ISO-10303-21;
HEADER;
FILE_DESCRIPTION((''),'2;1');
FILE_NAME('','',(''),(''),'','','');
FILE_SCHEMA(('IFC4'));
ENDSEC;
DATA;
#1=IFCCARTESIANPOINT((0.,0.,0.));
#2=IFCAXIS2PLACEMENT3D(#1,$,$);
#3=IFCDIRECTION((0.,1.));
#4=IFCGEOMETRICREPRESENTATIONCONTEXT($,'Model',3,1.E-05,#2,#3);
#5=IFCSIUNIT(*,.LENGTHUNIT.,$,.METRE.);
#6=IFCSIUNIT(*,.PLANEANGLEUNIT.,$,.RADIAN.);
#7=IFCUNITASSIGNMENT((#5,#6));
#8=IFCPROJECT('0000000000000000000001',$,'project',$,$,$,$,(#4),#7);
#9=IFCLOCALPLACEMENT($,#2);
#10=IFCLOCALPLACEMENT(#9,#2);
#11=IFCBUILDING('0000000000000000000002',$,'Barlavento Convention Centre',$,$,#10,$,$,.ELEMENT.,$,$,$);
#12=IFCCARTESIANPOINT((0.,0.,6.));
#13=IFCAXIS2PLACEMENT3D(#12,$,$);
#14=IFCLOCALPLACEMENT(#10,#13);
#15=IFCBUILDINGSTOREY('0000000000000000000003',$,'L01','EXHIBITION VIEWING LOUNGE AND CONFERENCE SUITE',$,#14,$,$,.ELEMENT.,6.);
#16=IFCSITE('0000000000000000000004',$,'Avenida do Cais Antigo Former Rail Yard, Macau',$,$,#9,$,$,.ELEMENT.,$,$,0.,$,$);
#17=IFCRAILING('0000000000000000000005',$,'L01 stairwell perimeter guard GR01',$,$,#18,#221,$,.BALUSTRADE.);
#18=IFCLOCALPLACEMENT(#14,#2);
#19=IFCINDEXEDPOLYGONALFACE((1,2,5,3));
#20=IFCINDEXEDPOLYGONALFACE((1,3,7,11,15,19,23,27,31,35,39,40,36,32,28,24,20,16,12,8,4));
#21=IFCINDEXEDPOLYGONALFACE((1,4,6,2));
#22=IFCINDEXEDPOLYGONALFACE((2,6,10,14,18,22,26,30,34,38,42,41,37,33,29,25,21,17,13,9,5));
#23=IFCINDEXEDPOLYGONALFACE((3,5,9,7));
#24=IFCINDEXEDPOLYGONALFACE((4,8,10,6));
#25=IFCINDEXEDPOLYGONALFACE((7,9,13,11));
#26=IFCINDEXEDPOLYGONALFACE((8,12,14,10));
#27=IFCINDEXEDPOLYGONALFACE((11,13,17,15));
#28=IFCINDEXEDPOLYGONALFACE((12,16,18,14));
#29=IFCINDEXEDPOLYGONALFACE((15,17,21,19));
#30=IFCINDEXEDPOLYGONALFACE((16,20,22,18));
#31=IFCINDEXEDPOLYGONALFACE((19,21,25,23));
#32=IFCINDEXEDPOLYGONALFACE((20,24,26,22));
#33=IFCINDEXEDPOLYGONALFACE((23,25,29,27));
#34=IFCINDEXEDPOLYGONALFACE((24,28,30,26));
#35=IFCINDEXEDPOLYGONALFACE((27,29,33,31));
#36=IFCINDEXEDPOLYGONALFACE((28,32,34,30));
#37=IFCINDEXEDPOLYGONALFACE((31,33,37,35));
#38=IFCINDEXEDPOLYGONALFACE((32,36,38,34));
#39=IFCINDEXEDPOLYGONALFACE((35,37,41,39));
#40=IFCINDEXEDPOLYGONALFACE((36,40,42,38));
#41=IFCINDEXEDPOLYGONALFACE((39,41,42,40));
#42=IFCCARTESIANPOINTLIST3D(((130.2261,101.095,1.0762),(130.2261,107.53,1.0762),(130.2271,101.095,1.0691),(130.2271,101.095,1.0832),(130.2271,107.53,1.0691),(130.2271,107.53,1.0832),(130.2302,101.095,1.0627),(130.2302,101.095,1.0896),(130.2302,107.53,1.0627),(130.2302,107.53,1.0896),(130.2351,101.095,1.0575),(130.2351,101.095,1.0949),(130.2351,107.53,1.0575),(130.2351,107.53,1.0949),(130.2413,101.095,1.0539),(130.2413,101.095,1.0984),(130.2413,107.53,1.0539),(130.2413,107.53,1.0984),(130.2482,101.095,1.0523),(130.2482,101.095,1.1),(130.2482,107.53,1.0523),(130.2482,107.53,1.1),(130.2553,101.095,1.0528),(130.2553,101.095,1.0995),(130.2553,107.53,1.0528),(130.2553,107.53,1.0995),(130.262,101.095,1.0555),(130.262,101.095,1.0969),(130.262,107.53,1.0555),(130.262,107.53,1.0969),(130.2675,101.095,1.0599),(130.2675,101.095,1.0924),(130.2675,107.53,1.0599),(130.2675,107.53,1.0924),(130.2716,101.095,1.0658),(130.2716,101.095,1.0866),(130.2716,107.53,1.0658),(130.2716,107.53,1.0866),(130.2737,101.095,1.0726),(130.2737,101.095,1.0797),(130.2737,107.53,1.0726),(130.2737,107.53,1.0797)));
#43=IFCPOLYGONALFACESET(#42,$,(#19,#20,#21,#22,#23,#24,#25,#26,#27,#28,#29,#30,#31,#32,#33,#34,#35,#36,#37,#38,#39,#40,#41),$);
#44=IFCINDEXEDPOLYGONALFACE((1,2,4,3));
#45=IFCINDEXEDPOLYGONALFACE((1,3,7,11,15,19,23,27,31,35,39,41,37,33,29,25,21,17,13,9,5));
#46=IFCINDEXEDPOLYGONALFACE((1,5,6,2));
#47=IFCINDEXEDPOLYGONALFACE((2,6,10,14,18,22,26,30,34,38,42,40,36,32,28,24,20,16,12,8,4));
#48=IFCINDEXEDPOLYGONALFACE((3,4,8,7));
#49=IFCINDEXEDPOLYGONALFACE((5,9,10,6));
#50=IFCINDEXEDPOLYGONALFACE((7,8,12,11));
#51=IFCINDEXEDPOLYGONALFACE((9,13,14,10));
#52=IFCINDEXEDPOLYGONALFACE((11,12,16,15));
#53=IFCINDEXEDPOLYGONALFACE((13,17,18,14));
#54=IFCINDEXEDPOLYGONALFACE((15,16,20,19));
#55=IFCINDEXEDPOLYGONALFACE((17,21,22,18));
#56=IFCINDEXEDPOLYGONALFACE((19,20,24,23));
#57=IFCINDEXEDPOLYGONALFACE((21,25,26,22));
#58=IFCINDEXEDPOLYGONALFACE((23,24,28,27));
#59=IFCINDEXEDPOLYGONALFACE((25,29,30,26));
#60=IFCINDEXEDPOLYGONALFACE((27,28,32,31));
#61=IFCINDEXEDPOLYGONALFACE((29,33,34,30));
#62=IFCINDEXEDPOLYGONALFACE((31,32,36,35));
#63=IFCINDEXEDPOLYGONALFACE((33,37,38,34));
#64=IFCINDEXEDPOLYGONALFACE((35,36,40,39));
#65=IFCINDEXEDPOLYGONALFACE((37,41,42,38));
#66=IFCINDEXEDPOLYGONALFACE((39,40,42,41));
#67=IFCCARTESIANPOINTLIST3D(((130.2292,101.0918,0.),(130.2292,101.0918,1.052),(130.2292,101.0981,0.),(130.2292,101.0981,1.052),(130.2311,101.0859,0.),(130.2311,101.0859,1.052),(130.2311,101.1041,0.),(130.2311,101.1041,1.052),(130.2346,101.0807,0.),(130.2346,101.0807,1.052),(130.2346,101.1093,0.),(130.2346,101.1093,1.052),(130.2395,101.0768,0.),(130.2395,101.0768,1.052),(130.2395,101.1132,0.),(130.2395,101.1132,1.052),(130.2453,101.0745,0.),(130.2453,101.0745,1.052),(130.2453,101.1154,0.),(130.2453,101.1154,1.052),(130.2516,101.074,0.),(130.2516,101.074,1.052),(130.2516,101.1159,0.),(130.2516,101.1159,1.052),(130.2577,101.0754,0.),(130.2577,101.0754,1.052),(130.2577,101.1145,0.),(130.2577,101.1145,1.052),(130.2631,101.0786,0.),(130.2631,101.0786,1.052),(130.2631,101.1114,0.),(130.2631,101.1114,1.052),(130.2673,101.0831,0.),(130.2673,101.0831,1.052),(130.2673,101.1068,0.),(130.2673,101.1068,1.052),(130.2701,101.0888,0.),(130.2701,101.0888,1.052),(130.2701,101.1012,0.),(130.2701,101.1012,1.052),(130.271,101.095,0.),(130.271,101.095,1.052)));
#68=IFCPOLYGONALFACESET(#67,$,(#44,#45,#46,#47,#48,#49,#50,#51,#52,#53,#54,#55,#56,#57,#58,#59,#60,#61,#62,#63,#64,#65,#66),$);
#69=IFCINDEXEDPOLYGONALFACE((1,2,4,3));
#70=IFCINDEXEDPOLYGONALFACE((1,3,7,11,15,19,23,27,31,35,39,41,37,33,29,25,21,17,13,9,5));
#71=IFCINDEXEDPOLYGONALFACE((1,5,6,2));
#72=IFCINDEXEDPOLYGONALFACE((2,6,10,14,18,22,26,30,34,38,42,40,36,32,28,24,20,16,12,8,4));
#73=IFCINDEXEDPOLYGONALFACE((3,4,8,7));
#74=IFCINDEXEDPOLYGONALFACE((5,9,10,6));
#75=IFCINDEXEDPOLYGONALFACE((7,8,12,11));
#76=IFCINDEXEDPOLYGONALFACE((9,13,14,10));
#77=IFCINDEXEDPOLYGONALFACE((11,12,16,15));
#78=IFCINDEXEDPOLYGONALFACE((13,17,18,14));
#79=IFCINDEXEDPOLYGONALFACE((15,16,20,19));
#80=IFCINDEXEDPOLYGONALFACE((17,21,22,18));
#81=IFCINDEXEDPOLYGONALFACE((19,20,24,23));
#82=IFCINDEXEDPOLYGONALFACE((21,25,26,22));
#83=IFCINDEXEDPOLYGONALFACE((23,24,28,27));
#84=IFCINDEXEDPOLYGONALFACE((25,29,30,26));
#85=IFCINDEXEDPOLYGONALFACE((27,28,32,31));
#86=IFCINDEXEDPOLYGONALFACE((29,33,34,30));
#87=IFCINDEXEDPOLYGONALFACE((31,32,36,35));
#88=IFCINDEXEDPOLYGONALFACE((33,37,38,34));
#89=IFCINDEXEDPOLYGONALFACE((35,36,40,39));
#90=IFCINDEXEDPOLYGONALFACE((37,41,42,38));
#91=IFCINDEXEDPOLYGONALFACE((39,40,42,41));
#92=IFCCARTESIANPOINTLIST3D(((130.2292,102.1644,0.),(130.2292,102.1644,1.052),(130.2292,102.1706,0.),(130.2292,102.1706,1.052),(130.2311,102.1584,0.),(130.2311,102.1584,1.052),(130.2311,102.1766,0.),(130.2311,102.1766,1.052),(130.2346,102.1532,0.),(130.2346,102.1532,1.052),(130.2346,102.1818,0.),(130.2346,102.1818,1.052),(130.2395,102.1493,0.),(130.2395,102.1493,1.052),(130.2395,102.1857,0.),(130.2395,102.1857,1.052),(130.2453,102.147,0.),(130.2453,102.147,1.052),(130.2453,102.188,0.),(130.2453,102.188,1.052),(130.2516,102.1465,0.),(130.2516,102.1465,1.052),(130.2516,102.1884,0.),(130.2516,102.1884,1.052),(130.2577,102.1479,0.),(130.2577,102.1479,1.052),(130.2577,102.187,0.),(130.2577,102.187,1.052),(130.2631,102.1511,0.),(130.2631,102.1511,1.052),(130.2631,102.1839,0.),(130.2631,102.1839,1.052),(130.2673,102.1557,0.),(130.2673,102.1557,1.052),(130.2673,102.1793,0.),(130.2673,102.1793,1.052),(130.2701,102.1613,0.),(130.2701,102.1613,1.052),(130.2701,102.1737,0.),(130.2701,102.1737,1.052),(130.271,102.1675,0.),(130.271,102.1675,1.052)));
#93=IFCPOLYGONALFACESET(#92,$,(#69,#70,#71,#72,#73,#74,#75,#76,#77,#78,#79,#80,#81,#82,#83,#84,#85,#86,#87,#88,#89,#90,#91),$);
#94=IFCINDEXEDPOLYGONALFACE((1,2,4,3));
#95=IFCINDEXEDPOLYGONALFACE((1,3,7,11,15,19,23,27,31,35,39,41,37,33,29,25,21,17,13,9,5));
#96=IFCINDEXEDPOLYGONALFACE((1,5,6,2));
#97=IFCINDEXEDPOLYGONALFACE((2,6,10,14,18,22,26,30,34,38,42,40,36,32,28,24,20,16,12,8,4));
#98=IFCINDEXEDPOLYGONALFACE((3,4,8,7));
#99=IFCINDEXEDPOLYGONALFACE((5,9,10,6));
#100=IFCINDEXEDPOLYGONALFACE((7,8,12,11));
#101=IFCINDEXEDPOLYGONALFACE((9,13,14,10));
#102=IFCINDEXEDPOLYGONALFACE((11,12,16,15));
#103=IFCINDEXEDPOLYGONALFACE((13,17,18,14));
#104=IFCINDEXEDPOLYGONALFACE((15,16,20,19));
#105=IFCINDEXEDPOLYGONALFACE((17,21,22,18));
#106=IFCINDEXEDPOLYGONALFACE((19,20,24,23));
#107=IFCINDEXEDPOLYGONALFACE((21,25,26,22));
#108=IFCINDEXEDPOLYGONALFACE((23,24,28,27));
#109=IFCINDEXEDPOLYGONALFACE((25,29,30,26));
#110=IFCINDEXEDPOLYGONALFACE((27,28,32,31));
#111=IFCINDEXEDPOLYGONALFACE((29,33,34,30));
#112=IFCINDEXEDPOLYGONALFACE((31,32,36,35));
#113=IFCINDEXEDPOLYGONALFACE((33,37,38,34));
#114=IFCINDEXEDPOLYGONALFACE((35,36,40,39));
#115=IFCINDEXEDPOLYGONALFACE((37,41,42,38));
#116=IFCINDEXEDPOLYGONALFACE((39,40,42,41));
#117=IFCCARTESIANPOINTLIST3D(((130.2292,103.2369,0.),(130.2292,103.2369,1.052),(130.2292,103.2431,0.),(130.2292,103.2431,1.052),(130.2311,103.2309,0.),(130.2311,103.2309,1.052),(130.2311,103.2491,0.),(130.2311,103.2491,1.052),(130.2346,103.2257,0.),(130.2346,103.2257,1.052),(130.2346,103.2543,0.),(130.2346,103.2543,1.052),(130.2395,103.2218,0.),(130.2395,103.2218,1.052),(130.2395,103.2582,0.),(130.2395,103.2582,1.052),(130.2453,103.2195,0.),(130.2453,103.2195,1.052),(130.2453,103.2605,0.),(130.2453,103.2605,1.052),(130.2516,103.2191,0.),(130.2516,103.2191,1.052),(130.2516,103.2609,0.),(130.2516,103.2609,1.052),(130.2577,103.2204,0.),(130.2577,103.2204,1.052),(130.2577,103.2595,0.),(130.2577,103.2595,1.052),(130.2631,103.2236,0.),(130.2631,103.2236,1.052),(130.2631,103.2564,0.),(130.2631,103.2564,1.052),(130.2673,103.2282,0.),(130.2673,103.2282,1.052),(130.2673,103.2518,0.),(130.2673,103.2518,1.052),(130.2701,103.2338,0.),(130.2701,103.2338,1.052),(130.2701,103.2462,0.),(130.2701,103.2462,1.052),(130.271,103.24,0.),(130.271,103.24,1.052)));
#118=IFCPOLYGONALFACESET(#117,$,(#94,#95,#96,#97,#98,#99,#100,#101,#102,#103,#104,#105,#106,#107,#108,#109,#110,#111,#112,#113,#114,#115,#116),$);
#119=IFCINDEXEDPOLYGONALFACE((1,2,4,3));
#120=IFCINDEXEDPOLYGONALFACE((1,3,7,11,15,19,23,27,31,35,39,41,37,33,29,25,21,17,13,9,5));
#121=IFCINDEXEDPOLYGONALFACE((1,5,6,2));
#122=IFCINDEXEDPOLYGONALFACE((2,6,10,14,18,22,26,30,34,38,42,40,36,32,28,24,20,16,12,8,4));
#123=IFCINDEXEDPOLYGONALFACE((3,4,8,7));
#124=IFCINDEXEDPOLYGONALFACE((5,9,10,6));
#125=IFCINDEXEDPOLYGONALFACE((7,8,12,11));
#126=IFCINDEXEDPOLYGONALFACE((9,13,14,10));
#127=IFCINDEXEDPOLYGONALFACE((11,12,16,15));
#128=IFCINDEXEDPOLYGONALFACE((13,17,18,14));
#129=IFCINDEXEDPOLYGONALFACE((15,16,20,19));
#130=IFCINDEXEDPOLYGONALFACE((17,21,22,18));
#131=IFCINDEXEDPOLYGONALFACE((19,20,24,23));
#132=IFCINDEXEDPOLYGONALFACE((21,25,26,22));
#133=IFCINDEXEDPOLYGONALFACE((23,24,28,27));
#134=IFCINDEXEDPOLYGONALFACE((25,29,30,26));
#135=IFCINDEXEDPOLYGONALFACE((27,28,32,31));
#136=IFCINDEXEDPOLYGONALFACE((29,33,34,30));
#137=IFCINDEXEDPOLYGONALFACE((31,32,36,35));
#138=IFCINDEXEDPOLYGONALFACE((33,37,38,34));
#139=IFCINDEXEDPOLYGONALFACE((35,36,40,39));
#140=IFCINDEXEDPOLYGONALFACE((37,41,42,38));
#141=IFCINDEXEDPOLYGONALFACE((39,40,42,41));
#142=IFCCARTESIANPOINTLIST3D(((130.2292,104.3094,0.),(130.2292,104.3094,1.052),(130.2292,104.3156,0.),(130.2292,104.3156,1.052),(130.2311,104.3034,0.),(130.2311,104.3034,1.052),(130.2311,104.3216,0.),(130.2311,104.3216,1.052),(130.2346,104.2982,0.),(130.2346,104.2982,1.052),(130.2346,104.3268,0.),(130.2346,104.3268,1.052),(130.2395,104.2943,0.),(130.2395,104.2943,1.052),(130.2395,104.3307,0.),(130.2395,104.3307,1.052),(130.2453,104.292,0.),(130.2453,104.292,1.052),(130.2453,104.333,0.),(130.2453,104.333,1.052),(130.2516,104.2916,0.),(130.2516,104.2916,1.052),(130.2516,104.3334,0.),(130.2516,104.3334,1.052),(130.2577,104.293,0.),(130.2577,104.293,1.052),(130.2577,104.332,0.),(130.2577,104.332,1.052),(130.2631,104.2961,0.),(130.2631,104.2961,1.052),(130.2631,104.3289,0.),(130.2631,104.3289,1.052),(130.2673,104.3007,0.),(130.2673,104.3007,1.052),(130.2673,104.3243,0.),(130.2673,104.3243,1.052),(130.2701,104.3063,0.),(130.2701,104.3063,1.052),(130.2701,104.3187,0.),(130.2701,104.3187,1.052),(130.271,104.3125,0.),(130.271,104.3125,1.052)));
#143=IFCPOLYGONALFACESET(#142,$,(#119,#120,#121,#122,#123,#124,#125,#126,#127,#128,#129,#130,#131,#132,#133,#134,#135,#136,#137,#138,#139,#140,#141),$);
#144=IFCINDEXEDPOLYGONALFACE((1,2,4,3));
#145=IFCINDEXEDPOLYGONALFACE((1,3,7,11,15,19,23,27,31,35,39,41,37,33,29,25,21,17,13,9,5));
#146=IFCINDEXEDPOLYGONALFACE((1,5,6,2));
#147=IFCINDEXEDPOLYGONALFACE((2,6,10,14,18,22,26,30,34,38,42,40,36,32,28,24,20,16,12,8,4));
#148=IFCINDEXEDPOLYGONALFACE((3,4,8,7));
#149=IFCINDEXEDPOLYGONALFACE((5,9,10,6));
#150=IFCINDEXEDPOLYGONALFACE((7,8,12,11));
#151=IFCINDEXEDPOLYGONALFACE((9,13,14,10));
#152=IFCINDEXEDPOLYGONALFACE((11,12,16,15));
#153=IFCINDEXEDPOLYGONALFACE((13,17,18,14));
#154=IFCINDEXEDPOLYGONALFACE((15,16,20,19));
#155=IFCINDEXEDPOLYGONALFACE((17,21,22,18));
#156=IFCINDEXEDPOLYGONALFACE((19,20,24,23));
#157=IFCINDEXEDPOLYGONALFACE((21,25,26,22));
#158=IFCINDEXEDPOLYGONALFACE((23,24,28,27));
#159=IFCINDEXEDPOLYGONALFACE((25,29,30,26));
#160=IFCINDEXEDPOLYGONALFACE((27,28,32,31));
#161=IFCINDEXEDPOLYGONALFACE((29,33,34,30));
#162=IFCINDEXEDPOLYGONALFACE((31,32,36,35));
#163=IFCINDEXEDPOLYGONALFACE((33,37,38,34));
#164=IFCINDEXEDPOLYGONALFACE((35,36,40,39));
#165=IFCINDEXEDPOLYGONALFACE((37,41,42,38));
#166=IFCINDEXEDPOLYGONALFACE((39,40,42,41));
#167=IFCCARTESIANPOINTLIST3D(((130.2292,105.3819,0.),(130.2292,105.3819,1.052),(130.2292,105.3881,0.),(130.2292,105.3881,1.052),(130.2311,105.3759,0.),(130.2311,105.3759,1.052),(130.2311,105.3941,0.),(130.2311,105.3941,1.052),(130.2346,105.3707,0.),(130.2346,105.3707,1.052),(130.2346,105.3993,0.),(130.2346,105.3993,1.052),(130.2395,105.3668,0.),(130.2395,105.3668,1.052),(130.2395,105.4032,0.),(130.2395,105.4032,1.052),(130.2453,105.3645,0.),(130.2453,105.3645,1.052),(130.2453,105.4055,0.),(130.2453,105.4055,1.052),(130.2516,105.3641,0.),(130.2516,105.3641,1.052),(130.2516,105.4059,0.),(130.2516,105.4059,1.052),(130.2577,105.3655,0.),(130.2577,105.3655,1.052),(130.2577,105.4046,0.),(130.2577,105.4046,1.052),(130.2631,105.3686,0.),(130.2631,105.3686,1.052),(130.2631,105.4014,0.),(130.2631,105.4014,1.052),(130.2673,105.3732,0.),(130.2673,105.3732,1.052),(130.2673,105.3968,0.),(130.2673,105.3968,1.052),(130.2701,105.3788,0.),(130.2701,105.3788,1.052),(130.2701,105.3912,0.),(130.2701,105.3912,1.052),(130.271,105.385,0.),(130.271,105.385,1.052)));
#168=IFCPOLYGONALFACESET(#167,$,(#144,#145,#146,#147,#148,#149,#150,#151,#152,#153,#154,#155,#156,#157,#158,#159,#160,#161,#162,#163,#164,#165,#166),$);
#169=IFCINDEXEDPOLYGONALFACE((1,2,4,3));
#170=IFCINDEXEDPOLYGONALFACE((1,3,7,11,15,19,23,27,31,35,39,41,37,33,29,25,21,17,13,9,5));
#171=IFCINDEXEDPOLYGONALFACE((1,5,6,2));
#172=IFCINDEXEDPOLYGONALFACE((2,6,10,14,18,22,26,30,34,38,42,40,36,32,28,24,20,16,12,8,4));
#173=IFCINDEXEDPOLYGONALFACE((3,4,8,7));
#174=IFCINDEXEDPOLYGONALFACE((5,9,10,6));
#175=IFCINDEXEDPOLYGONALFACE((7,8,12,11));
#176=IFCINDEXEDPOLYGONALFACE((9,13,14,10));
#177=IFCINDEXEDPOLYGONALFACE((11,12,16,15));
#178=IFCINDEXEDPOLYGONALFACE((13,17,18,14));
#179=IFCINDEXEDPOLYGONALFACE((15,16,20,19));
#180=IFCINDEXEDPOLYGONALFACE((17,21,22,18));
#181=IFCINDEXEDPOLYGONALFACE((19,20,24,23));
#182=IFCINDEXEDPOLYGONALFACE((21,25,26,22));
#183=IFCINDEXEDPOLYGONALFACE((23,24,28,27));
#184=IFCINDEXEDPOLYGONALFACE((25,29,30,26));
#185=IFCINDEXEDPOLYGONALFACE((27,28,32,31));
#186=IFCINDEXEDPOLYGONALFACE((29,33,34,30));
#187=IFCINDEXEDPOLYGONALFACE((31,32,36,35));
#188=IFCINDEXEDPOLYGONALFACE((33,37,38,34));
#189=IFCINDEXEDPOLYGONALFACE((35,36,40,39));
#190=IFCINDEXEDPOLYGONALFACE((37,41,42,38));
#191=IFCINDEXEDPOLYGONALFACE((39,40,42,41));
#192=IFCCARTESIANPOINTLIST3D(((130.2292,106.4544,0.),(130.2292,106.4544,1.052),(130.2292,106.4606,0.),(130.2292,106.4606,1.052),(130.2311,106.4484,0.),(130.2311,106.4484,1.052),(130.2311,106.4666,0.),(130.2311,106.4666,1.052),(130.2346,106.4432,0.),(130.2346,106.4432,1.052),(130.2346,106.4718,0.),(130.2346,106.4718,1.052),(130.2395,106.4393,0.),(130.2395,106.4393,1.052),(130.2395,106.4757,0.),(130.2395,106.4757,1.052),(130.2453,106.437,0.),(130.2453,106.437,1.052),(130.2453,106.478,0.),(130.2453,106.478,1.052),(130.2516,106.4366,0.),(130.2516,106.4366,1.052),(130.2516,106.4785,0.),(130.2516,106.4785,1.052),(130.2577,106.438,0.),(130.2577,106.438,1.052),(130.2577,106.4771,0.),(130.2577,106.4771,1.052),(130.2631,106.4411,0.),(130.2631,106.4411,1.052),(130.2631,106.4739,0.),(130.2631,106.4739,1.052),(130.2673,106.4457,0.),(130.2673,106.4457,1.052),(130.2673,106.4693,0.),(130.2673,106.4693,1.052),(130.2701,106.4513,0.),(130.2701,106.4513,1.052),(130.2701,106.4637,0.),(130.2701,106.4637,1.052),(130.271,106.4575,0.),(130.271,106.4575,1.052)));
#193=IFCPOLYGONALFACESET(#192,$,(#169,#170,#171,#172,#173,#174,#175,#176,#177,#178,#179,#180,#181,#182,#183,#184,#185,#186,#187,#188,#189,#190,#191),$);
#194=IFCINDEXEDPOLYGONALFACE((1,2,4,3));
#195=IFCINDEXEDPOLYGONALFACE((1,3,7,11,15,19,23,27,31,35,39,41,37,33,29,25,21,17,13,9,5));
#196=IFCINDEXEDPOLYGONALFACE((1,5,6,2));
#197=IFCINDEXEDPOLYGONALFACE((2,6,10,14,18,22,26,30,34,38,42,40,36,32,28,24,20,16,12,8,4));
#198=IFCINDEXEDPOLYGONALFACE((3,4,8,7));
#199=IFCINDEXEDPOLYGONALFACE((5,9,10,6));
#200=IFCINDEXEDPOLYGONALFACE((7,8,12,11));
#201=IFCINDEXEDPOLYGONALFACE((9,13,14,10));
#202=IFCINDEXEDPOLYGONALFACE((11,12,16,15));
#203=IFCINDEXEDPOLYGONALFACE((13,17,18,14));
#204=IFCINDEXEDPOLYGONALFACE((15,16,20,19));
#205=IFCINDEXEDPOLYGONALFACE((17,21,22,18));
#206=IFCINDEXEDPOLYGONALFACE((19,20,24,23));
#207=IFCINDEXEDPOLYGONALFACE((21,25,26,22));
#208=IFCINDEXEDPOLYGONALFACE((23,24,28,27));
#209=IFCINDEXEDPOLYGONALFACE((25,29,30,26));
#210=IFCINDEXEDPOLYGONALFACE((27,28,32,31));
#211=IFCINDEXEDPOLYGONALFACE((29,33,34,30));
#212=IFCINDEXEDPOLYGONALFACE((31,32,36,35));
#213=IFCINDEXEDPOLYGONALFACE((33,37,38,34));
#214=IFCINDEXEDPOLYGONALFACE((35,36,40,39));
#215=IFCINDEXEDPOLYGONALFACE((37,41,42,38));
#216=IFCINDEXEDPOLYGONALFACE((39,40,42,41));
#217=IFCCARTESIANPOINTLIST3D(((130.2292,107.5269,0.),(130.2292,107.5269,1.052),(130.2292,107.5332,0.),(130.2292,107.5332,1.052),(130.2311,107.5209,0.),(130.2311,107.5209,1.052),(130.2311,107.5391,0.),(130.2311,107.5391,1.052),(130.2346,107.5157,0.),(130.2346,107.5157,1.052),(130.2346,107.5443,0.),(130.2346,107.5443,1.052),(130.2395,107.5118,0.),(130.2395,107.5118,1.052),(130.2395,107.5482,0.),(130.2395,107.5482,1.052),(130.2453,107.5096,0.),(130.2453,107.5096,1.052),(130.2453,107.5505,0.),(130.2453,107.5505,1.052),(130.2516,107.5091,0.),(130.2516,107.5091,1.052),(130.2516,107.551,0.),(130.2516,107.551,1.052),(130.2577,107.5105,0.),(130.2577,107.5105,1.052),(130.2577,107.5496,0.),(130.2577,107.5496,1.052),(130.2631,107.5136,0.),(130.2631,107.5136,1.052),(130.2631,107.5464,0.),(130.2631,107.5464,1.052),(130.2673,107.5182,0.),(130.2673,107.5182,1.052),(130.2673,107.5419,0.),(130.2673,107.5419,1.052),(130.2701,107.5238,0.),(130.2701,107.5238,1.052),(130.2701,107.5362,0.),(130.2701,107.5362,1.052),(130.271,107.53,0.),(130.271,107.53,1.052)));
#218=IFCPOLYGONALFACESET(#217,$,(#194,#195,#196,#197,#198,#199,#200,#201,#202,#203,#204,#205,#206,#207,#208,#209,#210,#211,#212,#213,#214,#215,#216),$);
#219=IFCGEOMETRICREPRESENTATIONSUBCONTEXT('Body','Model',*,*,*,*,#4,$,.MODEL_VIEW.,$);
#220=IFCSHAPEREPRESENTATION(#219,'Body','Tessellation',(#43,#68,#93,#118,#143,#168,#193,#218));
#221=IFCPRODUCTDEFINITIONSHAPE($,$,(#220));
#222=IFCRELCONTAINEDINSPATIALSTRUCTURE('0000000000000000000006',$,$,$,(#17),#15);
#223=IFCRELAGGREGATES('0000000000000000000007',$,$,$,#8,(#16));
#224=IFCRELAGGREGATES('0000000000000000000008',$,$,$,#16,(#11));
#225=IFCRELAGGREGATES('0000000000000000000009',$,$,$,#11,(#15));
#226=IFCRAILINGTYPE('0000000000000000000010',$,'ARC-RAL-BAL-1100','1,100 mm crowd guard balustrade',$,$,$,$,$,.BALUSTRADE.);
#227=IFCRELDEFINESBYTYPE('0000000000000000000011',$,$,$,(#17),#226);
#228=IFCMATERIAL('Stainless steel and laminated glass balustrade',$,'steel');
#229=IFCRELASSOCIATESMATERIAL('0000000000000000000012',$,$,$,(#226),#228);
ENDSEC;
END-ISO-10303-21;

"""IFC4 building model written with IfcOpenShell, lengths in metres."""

from ifc_helpers import new_model, si_unit, direction, frame, origin, origin_2d, place, context, subcontext, project, spatial, circle, extrude, material, type_object, element, save


model = new_model("IFC4")

# Units and contexts
model_context = context("Model", 3, precision=1e-05, world=origin(), true_north=direction((0.0, 1.0)))
body_context = subcontext(model_context, "Body", "Model", "MODEL_VIEW")
ifc_project = project(units=[si_unit("LENGTHUNIT", "METRE"), si_unit("PLANEANGLEUNIT", "RADIAN")], contexts=[model_context])

# Site, building, storey
site_placement = place(None, origin())
site = spatial("IfcSite", under=ifc_project, at=site_placement, Name="Avenida do Cais Antigo Former Rail Yard, Macau", CompositionType="ELEMENT", RefElevation=0.0)
building_placement = place(site_placement, origin())
building = spatial("IfcBuilding", under=site, at=building_placement, Name="Barlavento Convention Centre", CompositionType="ELEMENT")
storey_placement = place(building_placement, frame((0.0, 0.0, 6.0)))
storey = spatial("IfcBuildingStorey", under=building, at=storey_placement, Name="L01", Description="EXHIBITION VIEWING LOUNGE AND CONFERENCE SUITE", CompositionType="ELEMENT", Elevation=6.0)

# Railing
ifc_material_1 = material(Name="Stainless steel and laminated glass balustrade", Category="steel")
railing_type = type_object("IfcRailingType", Name="ARC-RAL-BAL-1100", Description="1,100 mm crowd guard balustrade", PredefinedType="BALUSTRADE", material=ifc_material_1)
railing_1_placement = place(storey_placement, frame((130.25, 101.095, 0.0)))
element("IfcRailing", 1, at=railing_1_placement, inside=storey, type_object=railing_type, Name="L01 stairwell perimeter guard GR01", PredefinedType="BALUSTRADE", context=body_context, shape_type="SweptSolid", body=[
    extrude(circle(Radius=0.0239, at=origin_2d()), frame((0.0, 0.0, 1.0762), z_axis=(0.0, 1.0, 0.0), x_axis=(-1.0, 0.0, 0.0)), (0.0, 0.0, 1.0), 6.4351),
    extrude(circle(Radius=0.021, at=origin_2d()), origin(), (0.0, 0.0, 1.0), 1.052),
    extrude(circle(Radius=0.021, at=origin_2d()), frame((0.0, 1.0725, 0.0)), (0.0, 0.0, 1.0), 1.052),
    extrude(circle(Radius=0.021, at=origin_2d()), frame((0.0, 2.145, 0.0)), (0.0, 0.0, 1.0), 1.052),
    extrude(circle(Radius=0.021, at=origin_2d()), frame((0.0, 3.2175, 0.0)), (0.0, 0.0, 1.0), 1.052),
    extrude(circle(Radius=0.021, at=origin_2d()), frame((0.0, 4.29, 0.0)), (0.0, 0.0, 1.0), 1.052),
    extrude(circle(Radius=0.021, at=origin_2d()), frame((0.0, 5.3625, 0.0)), (0.0, 0.0, 1.0), 1.052),
    extrude(circle(Radius=0.021, at=origin_2d()), frame((0.0, 6.4351, 0.0)), (0.0, 0.0, 1.0), 1.052),
])

save(model, "model.ifc")
